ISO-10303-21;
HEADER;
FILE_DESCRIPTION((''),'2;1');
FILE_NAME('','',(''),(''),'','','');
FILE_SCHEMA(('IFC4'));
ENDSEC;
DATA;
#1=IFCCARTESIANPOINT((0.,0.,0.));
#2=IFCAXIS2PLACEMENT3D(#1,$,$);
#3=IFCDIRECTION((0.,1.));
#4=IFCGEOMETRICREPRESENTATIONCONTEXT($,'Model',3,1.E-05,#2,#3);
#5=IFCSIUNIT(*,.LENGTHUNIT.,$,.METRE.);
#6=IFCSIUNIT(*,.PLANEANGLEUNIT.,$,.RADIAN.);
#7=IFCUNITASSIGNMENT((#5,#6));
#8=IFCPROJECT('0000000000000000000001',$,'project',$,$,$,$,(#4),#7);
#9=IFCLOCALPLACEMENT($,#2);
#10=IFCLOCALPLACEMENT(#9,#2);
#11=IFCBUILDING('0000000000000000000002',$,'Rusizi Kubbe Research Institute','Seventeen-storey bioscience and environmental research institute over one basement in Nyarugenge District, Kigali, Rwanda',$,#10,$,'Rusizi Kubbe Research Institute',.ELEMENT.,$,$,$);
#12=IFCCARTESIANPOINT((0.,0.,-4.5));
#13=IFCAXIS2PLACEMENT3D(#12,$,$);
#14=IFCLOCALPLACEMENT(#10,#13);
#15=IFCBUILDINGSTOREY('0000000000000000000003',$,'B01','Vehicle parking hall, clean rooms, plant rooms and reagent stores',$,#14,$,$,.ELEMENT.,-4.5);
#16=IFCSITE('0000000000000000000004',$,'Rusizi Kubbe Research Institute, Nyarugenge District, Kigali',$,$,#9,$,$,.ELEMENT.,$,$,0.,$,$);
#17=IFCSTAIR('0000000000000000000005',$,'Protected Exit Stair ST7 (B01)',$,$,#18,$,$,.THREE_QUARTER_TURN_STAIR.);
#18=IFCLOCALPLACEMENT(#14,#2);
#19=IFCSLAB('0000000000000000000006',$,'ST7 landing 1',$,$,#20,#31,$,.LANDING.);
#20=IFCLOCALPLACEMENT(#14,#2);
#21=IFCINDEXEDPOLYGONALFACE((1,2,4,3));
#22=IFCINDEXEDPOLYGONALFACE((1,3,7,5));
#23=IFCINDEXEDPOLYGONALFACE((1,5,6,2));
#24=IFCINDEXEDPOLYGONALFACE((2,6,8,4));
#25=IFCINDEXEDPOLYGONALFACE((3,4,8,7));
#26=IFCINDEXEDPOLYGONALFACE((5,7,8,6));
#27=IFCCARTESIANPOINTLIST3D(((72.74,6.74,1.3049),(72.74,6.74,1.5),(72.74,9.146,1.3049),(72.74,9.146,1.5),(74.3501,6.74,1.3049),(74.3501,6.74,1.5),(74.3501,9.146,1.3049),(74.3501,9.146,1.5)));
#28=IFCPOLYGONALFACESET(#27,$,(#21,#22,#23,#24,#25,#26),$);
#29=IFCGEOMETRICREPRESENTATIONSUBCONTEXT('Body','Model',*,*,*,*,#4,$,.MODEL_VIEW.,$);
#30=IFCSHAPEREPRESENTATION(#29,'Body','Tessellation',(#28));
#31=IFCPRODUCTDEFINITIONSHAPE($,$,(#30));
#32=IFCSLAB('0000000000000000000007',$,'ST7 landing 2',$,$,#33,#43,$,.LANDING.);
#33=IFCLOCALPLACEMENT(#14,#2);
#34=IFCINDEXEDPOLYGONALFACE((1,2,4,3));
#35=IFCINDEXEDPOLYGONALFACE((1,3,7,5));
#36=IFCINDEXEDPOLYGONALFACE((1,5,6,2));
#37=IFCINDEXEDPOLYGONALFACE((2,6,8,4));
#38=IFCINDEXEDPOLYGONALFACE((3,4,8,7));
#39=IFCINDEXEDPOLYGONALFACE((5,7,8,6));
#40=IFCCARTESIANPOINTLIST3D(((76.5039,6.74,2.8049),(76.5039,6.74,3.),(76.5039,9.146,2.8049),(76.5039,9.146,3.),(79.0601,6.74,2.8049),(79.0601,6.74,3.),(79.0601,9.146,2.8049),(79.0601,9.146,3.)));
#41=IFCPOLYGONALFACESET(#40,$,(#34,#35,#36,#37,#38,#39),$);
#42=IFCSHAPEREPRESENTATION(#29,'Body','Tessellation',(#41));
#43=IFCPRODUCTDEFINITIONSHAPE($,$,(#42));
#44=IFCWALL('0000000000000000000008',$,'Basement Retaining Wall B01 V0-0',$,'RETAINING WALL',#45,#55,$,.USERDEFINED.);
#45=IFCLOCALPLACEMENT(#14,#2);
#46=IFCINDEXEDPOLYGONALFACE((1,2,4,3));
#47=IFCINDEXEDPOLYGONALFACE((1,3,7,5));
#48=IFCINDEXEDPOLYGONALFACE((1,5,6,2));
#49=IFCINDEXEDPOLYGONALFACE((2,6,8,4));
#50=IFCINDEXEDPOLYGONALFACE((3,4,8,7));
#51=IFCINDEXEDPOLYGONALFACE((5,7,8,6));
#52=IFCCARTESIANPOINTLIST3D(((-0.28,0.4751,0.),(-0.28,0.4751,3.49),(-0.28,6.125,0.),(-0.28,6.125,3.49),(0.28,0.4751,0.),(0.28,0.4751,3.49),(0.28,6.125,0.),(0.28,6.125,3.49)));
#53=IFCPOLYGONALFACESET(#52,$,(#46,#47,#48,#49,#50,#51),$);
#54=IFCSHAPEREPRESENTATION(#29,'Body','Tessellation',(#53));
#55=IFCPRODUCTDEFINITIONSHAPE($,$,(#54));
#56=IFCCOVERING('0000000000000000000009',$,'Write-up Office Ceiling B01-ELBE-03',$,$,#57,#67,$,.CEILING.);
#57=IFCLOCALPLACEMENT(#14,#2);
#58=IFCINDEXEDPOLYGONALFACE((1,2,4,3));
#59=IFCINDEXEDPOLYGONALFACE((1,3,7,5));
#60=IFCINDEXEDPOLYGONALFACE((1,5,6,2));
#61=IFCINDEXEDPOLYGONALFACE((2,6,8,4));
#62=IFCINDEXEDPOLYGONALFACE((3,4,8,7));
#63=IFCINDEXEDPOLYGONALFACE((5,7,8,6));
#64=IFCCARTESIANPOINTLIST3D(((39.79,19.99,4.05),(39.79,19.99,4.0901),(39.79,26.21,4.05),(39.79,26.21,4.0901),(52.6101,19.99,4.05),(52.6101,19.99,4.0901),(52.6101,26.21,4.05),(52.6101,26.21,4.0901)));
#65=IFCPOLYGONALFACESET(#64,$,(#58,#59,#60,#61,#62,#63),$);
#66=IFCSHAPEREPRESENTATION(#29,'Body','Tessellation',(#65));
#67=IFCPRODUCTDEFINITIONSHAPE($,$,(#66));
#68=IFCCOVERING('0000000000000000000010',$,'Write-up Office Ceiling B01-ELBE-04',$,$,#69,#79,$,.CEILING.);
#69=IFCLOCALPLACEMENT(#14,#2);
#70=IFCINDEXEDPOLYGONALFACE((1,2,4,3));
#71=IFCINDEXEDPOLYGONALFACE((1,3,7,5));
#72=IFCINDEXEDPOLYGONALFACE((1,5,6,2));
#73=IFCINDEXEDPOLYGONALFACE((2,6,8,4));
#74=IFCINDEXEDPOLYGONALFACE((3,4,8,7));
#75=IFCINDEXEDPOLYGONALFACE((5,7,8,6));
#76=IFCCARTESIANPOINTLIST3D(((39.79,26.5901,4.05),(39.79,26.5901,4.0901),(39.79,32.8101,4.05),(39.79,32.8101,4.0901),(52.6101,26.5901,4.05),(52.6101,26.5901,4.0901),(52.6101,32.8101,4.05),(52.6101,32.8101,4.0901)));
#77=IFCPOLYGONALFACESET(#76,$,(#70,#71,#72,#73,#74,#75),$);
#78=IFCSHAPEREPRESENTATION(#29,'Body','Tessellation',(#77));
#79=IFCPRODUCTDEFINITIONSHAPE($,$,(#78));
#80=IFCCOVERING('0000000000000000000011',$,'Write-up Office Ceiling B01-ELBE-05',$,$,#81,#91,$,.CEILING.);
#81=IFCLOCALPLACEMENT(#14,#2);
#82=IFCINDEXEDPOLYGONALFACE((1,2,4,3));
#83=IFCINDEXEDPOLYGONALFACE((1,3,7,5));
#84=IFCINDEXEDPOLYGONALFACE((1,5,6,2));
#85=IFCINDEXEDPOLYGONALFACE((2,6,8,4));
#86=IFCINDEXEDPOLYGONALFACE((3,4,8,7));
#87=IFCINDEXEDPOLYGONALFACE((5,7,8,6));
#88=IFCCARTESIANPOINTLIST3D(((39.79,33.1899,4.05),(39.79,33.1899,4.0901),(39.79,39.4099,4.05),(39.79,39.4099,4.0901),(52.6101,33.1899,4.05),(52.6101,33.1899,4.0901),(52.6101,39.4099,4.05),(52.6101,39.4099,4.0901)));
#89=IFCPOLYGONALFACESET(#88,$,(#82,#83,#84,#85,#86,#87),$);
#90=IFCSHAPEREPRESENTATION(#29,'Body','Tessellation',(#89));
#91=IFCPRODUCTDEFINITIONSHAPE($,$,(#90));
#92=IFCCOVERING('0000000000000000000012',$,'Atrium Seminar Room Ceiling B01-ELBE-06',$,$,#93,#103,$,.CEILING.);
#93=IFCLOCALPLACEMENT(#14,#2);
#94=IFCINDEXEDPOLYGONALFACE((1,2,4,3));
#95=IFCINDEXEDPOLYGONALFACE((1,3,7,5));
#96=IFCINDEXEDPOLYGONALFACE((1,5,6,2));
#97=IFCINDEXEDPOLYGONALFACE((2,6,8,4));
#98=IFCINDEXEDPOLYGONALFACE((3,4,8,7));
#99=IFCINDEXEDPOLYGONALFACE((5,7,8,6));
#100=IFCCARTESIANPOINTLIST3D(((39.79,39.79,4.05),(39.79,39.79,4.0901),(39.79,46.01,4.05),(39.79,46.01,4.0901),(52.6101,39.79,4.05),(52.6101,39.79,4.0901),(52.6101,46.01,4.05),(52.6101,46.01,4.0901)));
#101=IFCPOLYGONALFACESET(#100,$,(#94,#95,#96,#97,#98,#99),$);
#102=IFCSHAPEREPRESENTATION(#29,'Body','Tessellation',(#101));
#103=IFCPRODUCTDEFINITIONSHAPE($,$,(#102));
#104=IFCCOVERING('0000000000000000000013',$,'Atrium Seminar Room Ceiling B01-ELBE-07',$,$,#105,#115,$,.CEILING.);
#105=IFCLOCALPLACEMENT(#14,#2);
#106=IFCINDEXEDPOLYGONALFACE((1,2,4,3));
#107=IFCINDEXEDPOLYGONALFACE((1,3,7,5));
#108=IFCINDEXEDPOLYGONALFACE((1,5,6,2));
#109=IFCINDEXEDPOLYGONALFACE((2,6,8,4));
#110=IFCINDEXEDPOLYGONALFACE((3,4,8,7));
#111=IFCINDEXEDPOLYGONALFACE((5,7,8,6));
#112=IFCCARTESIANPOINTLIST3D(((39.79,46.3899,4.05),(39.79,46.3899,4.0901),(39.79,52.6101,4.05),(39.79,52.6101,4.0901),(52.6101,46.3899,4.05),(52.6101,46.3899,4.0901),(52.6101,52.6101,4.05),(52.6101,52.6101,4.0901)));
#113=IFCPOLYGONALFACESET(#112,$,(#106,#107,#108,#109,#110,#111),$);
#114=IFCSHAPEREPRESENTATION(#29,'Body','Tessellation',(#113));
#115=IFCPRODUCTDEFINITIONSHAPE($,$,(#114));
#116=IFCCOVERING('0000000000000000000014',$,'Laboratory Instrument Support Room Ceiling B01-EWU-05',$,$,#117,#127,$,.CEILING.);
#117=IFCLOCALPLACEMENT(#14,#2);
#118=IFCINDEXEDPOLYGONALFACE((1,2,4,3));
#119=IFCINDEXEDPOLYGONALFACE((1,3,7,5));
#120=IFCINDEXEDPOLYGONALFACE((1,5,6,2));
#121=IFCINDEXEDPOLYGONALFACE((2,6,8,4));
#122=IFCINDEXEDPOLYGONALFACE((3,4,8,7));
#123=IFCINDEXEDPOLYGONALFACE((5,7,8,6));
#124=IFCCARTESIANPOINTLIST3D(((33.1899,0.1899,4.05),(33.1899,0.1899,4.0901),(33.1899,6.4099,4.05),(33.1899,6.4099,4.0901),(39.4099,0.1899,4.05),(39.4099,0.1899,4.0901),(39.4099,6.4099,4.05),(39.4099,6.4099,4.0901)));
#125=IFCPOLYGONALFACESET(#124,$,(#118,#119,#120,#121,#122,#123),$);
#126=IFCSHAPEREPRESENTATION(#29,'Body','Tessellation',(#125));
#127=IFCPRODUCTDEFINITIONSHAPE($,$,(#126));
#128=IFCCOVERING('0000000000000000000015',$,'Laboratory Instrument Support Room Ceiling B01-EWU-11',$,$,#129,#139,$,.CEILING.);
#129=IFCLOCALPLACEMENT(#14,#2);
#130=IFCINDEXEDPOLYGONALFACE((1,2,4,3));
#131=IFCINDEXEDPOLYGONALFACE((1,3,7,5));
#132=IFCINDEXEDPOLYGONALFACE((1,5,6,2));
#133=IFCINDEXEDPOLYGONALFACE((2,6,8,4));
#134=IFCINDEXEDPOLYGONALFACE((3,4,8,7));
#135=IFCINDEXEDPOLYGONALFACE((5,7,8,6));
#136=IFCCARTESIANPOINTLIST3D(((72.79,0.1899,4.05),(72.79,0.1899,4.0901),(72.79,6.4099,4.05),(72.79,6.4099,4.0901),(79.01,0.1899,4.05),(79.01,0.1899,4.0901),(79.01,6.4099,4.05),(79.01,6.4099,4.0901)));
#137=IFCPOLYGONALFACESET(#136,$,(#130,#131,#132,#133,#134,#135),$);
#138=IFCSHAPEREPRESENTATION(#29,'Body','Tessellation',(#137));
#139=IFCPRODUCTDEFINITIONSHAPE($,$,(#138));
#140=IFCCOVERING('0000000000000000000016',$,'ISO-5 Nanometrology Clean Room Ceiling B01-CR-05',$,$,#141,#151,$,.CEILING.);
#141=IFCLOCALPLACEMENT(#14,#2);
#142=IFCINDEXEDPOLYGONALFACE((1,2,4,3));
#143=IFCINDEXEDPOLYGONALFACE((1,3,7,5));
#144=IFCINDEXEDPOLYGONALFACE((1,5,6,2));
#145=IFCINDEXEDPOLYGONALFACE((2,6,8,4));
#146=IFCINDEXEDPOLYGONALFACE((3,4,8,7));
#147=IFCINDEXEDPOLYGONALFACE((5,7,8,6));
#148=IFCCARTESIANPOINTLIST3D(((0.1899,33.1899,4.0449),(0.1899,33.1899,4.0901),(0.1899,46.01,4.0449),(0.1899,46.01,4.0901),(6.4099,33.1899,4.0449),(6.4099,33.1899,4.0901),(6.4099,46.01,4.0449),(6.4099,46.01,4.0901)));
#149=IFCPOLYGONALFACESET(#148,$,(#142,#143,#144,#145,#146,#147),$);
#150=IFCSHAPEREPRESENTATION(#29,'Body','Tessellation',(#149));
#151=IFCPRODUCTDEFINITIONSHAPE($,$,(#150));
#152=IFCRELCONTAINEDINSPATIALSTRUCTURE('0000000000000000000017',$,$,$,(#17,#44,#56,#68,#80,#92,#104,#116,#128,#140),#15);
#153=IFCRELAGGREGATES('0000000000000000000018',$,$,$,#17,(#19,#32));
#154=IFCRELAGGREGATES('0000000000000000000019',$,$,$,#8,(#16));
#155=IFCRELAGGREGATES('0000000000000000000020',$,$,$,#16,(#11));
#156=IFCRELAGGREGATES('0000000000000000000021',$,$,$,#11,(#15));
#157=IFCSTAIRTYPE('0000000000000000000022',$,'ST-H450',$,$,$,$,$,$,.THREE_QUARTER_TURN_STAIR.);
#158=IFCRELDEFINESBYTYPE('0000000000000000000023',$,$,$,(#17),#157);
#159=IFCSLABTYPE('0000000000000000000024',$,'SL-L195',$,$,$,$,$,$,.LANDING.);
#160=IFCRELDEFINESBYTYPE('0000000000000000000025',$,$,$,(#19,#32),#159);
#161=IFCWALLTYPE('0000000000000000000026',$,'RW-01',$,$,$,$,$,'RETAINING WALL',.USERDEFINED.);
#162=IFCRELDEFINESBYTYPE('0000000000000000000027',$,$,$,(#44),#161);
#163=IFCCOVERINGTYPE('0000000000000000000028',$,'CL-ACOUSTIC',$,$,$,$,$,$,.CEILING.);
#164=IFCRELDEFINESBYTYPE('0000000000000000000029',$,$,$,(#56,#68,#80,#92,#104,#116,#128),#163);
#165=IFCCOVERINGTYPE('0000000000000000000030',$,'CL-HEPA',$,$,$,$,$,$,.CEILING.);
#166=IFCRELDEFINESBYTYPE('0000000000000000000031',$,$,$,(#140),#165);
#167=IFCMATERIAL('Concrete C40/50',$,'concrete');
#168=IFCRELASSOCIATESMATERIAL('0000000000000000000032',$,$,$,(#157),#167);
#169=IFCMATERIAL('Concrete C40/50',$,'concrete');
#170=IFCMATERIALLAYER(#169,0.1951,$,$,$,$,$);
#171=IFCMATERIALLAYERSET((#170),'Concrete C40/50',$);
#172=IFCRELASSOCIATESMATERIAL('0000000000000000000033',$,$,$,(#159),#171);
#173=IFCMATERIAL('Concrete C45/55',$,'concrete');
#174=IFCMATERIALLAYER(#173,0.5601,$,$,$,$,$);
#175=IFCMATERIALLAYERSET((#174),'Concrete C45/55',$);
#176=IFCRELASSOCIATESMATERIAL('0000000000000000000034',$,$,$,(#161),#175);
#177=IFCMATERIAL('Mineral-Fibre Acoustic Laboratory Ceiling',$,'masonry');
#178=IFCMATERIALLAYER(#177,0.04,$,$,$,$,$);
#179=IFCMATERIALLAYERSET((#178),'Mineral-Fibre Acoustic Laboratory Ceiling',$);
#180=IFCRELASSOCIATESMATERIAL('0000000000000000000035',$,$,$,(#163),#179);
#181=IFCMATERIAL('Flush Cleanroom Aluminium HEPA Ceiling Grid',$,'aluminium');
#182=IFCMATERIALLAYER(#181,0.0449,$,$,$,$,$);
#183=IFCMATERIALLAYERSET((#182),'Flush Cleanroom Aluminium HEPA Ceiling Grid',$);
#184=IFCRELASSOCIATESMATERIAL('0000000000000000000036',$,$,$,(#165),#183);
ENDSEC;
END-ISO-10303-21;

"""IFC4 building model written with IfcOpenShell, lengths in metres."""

from ifc_helpers import new_model, si_unit, direction, frame, frame_2d, origin, place, context, subcontext, project, spatial, polyline, rectangle, outline, extrude, material, layer, layer_set, type_object, element, aggregate, save


model = new_model("IFC4")

# Units and contexts
model_context = context("Model", 3, precision=1e-05, world=origin(), true_north=direction((0.0, 1.0)))
body_context = subcontext(model_context, "Body", "Model", "MODEL_VIEW")
ifc_project = project(units=[si_unit("LENGTHUNIT", "METRE"), si_unit("PLANEANGLEUNIT", "RADIAN")], contexts=[model_context])

# Site, building, storey
site_placement = place(None, origin())
site = spatial("IfcSite", under=ifc_project, at=site_placement, Name="Rusizi Kubbe Research Institute, Nyarugenge District, Kigali", CompositionType="ELEMENT", RefElevation=0.0)
building_placement = place(site_placement, origin())
building = spatial("IfcBuilding", under=site, at=building_placement, Name="Rusizi Kubbe Research Institute", Description="Seventeen-storey bioscience and environmental research institute over one basement in Nyarugenge District, Kigali, Rwanda", LongName="Rusizi Kubbe Research Institute", CompositionType="ELEMENT")
storey_placement = place(building_placement, frame((0.0, 0.0, -4.5)))
storey = spatial("IfcBuildingStorey", under=building, at=storey_placement, Name="B01", Description="Vehicle parking hall, clean rooms, plant rooms and reagent stores", CompositionType="ELEMENT", Elevation=-4.5)

# Stair, slabs
ifc_material_1 = material(Name="Concrete C40/50", Category="concrete")
stair_type = type_object("IfcStairType", Name="ST-H450", PredefinedType="THREE_QUARTER_TURN_STAIR", material=ifc_material_1)
ifc_material_2 = material(Name="Concrete C40/50", Category="concrete")
ifc_layer_1 = layer(ifc_material_2, 0.1951)
ifc_layer_set_1 = layer_set([ifc_layer_1], Name="Concrete C40/50")
slab_type_1 = type_object("IfcSlabType", Name="SL-L195", PredefinedType="LANDING", material=ifc_layer_set_1)
stair_1_placement = place(storey_placement, origin())
stair_1 = element("IfcStair", 1, at=stair_1_placement, inside=storey, type_object=stair_type, Name="Protected Exit Stair ST7 (B01)", PredefinedType="THREE_QUARTER_TURN_STAIR")
slab_1_placement = place(storey_placement, frame((0.0, 0.0, 1.3049)))
slab_1 = element("IfcSlab", 2, at=slab_1_placement, type_object=slab_type_1, Name="ST7 landing 1", PredefinedType="LANDING", context=body_context, shape_type="SweptSolid", body=[
    extrude(outline(polyline([(72.74, 9.146), (72.74, 6.74), (74.3501, 6.74), (74.3501, 9.146), (72.74, 9.146)])), origin(), (0.0, 0.0, 1.0), 0.1951),
])
slab_2_placement = place(storey_placement, frame((0.0, 0.0, 2.8049)))
slab_2 = element("IfcSlab", 3, at=slab_2_placement, type_object=slab_type_1, Name="ST7 landing 2", PredefinedType="LANDING", context=body_context, shape_type="SweptSolid", body=[
    extrude(outline(polyline([(76.5039, 9.146), (76.5039, 6.74), (79.0601, 6.74), (79.0601, 9.146), (76.5039, 9.146)])), origin(), (0.0, 0.0, 1.0), 0.1951),
])
aggregate(stair_1, [slab_1, slab_2])

# Wall
ifc_material_3 = material(Name="Concrete C45/55", Category="concrete")
ifc_layer_2 = layer(ifc_material_3, 0.5601)
ifc_layer_set_2 = layer_set([ifc_layer_2], Name="Concrete C45/55")
wall_type = type_object("IfcWallType", Name="RW-01", ElementType="RETAINING WALL", PredefinedType="USERDEFINED", material=ifc_layer_set_2)
wall_placement = place(storey_placement, frame((0.0, 0.4751, 0.0), z_axis=(0.0, 0.0, 1.0), x_axis=(0.0, 1.0, 0.0)))
element("IfcWall", 4, at=wall_placement, inside=storey, type_object=wall_type, Name="Basement Retaining Wall B01 V0-0", ObjectType="RETAINING WALL", PredefinedType="USERDEFINED", context=body_context, shape_type="SweptSolid", body=[
    extrude(rectangle(XDim=5.6499, YDim=0.5601, at=frame_2d((2.825, 0.0))), origin(), (0.0, 0.0, 1.0), 3.49),
])

# Coverings
ifc_material_4 = material(Name="Mineral-Fibre Acoustic Laboratory Ceiling", Category="masonry")
ifc_layer_3 = layer(ifc_material_4, 0.04)
ifc_layer_set_3 = layer_set([ifc_layer_3], Name="Mineral-Fibre Acoustic Laboratory Ceiling")
covering_type_1 = type_object("IfcCoveringType", Name="CL-ACOUSTIC", PredefinedType="CEILING", material=ifc_layer_set_3)
covering_1_placement = place(storey_placement, frame((0.0, 0.0, 4.05)))
element("IfcCovering", 5, at=covering_1_placement, inside=storey, type_object=covering_type_1, Name="Write-up Office Ceiling B01-ELBE-03", PredefinedType="CEILING", context=body_context, shape_type="SweptSolid", body=[
    extrude(outline(polyline([(39.79, 19.99), (52.6101, 19.99), (52.6101, 26.21), (39.79, 26.21), (39.79, 19.99)])), origin(), (0.0, 0.0, 1.0), 0.04),
])
covering_2_placement = place(storey_placement, frame((0.0, 0.0, 4.05)))
element("IfcCovering", 6, at=covering_2_placement, inside=storey, type_object=covering_type_1, Name="Write-up Office Ceiling B01-ELBE-04", PredefinedType="CEILING", context=body_context, shape_type="SweptSolid", body=[
    extrude(outline(polyline([(39.79, 26.5901), (52.6101, 26.5901), (52.6101, 32.8101), (39.79, 32.8101), (39.79, 26.5901)])), origin(), (0.0, 0.0, 1.0), 0.04),
])
covering_3_placement = place(storey_placement, frame((0.0, 0.0, 4.05)))
element("IfcCovering", 7, at=covering_3_placement, inside=storey, type_object=covering_type_1, Name="Write-up Office Ceiling B01-ELBE-05", PredefinedType="CEILING", context=body_context, shape_type="SweptSolid", body=[
    extrude(outline(polyline([(39.79, 33.1899), (52.6101, 33.1899), (52.6101, 39.4099), (39.79, 39.4099), (39.79, 33.1899)])), origin(), (0.0, 0.0, 1.0), 0.04),
])
covering_4_placement = place(storey_placement, frame((0.0, 0.0, 4.05)))
element("IfcCovering", 8, at=covering_4_placement, inside=storey, type_object=covering_type_1, Name="Atrium Seminar Room Ceiling B01-ELBE-06", PredefinedType="CEILING", context=body_context, shape_type="SweptSolid", body=[
    extrude(outline(polyline([(39.79, 39.79), (52.6101, 39.79), (52.6101, 46.01), (39.79, 46.01), (39.79, 39.79)])), origin(), (0.0, 0.0, 1.0), 0.04),
])
covering_5_placement = place(storey_placement, frame((0.0, 0.0, 4.05)))
element("IfcCovering", 9, at=covering_5_placement, inside=storey, type_object=covering_type_1, Name="Atrium Seminar Room Ceiling B01-ELBE-07", PredefinedType="CEILING", context=body_context, shape_type="SweptSolid", body=[
    extrude(outline(polyline([(39.79, 46.3899), (52.6101, 46.3899), (52.6101, 52.6101), (39.79, 52.6101), (39.79, 46.3899)])), origin(), (0.0, 0.0, 1.0), 0.04),
])
covering_6_placement = place(storey_placement, frame((0.0, 0.0, 4.05)))
element("IfcCovering", 10, at=covering_6_placement, inside=storey, type_object=covering_type_1, Name="Laboratory Instrument Support Room Ceiling B01-EWU-05", PredefinedType="CEILING", context=body_context, shape_type="SweptSolid", body=[
    extrude(outline(polyline([(33.1899, 0.1899), (39.4099, 0.1899), (39.4099, 6.4099), (33.1899, 6.4099), (33.1899, 0.1899)])), origin(), (0.0, 0.0, 1.0), 0.04),
])
covering_7_placement = place(storey_placement, frame((0.0, 0.0, 4.05)))
element("IfcCovering", 11, at=covering_7_placement, inside=storey, type_object=covering_type_1, Name="Laboratory Instrument Support Room Ceiling B01-EWU-11", PredefinedType="CEILING", context=body_context, shape_type="SweptSolid", body=[
    extrude(outline(polyline([(72.79, 0.1899), (79.01, 0.1899), (79.01, 6.4099), (72.79, 6.4099), (72.79, 0.1899)])), origin(), (0.0, 0.0, 1.0), 0.04),
])
ifc_material_5 = material(Name="Flush Cleanroom Aluminium HEPA Ceiling Grid", Category="aluminium")
ifc_layer_4 = layer(ifc_material_5, 0.0449)
ifc_layer_set_4 = layer_set([ifc_layer_4], Name="Flush Cleanroom Aluminium HEPA Ceiling Grid")
covering_type_2 = type_object("IfcCoveringType", Name="CL-HEPA", PredefinedType="CEILING", material=ifc_layer_set_4)
covering_8_placement = place(storey_placement, frame((0.0, 0.0, 4.0449)))
element("IfcCovering", 12, at=covering_8_placement, inside=storey, type_object=covering_type_2, Name="ISO-5 Nanometrology Clean Room Ceiling B01-CR-05", PredefinedType="CEILING", context=body_context, shape_type="SweptSolid", body=[
    extrude(outline(polyline([(0.1899, 33.1899), (6.4099, 33.1899), (6.4099, 46.01), (0.1899, 46.01), (0.1899, 33.1899)])), origin(), (0.0, 0.0, 1.0), 0.0452),
])

save(model, "model.ifc")
